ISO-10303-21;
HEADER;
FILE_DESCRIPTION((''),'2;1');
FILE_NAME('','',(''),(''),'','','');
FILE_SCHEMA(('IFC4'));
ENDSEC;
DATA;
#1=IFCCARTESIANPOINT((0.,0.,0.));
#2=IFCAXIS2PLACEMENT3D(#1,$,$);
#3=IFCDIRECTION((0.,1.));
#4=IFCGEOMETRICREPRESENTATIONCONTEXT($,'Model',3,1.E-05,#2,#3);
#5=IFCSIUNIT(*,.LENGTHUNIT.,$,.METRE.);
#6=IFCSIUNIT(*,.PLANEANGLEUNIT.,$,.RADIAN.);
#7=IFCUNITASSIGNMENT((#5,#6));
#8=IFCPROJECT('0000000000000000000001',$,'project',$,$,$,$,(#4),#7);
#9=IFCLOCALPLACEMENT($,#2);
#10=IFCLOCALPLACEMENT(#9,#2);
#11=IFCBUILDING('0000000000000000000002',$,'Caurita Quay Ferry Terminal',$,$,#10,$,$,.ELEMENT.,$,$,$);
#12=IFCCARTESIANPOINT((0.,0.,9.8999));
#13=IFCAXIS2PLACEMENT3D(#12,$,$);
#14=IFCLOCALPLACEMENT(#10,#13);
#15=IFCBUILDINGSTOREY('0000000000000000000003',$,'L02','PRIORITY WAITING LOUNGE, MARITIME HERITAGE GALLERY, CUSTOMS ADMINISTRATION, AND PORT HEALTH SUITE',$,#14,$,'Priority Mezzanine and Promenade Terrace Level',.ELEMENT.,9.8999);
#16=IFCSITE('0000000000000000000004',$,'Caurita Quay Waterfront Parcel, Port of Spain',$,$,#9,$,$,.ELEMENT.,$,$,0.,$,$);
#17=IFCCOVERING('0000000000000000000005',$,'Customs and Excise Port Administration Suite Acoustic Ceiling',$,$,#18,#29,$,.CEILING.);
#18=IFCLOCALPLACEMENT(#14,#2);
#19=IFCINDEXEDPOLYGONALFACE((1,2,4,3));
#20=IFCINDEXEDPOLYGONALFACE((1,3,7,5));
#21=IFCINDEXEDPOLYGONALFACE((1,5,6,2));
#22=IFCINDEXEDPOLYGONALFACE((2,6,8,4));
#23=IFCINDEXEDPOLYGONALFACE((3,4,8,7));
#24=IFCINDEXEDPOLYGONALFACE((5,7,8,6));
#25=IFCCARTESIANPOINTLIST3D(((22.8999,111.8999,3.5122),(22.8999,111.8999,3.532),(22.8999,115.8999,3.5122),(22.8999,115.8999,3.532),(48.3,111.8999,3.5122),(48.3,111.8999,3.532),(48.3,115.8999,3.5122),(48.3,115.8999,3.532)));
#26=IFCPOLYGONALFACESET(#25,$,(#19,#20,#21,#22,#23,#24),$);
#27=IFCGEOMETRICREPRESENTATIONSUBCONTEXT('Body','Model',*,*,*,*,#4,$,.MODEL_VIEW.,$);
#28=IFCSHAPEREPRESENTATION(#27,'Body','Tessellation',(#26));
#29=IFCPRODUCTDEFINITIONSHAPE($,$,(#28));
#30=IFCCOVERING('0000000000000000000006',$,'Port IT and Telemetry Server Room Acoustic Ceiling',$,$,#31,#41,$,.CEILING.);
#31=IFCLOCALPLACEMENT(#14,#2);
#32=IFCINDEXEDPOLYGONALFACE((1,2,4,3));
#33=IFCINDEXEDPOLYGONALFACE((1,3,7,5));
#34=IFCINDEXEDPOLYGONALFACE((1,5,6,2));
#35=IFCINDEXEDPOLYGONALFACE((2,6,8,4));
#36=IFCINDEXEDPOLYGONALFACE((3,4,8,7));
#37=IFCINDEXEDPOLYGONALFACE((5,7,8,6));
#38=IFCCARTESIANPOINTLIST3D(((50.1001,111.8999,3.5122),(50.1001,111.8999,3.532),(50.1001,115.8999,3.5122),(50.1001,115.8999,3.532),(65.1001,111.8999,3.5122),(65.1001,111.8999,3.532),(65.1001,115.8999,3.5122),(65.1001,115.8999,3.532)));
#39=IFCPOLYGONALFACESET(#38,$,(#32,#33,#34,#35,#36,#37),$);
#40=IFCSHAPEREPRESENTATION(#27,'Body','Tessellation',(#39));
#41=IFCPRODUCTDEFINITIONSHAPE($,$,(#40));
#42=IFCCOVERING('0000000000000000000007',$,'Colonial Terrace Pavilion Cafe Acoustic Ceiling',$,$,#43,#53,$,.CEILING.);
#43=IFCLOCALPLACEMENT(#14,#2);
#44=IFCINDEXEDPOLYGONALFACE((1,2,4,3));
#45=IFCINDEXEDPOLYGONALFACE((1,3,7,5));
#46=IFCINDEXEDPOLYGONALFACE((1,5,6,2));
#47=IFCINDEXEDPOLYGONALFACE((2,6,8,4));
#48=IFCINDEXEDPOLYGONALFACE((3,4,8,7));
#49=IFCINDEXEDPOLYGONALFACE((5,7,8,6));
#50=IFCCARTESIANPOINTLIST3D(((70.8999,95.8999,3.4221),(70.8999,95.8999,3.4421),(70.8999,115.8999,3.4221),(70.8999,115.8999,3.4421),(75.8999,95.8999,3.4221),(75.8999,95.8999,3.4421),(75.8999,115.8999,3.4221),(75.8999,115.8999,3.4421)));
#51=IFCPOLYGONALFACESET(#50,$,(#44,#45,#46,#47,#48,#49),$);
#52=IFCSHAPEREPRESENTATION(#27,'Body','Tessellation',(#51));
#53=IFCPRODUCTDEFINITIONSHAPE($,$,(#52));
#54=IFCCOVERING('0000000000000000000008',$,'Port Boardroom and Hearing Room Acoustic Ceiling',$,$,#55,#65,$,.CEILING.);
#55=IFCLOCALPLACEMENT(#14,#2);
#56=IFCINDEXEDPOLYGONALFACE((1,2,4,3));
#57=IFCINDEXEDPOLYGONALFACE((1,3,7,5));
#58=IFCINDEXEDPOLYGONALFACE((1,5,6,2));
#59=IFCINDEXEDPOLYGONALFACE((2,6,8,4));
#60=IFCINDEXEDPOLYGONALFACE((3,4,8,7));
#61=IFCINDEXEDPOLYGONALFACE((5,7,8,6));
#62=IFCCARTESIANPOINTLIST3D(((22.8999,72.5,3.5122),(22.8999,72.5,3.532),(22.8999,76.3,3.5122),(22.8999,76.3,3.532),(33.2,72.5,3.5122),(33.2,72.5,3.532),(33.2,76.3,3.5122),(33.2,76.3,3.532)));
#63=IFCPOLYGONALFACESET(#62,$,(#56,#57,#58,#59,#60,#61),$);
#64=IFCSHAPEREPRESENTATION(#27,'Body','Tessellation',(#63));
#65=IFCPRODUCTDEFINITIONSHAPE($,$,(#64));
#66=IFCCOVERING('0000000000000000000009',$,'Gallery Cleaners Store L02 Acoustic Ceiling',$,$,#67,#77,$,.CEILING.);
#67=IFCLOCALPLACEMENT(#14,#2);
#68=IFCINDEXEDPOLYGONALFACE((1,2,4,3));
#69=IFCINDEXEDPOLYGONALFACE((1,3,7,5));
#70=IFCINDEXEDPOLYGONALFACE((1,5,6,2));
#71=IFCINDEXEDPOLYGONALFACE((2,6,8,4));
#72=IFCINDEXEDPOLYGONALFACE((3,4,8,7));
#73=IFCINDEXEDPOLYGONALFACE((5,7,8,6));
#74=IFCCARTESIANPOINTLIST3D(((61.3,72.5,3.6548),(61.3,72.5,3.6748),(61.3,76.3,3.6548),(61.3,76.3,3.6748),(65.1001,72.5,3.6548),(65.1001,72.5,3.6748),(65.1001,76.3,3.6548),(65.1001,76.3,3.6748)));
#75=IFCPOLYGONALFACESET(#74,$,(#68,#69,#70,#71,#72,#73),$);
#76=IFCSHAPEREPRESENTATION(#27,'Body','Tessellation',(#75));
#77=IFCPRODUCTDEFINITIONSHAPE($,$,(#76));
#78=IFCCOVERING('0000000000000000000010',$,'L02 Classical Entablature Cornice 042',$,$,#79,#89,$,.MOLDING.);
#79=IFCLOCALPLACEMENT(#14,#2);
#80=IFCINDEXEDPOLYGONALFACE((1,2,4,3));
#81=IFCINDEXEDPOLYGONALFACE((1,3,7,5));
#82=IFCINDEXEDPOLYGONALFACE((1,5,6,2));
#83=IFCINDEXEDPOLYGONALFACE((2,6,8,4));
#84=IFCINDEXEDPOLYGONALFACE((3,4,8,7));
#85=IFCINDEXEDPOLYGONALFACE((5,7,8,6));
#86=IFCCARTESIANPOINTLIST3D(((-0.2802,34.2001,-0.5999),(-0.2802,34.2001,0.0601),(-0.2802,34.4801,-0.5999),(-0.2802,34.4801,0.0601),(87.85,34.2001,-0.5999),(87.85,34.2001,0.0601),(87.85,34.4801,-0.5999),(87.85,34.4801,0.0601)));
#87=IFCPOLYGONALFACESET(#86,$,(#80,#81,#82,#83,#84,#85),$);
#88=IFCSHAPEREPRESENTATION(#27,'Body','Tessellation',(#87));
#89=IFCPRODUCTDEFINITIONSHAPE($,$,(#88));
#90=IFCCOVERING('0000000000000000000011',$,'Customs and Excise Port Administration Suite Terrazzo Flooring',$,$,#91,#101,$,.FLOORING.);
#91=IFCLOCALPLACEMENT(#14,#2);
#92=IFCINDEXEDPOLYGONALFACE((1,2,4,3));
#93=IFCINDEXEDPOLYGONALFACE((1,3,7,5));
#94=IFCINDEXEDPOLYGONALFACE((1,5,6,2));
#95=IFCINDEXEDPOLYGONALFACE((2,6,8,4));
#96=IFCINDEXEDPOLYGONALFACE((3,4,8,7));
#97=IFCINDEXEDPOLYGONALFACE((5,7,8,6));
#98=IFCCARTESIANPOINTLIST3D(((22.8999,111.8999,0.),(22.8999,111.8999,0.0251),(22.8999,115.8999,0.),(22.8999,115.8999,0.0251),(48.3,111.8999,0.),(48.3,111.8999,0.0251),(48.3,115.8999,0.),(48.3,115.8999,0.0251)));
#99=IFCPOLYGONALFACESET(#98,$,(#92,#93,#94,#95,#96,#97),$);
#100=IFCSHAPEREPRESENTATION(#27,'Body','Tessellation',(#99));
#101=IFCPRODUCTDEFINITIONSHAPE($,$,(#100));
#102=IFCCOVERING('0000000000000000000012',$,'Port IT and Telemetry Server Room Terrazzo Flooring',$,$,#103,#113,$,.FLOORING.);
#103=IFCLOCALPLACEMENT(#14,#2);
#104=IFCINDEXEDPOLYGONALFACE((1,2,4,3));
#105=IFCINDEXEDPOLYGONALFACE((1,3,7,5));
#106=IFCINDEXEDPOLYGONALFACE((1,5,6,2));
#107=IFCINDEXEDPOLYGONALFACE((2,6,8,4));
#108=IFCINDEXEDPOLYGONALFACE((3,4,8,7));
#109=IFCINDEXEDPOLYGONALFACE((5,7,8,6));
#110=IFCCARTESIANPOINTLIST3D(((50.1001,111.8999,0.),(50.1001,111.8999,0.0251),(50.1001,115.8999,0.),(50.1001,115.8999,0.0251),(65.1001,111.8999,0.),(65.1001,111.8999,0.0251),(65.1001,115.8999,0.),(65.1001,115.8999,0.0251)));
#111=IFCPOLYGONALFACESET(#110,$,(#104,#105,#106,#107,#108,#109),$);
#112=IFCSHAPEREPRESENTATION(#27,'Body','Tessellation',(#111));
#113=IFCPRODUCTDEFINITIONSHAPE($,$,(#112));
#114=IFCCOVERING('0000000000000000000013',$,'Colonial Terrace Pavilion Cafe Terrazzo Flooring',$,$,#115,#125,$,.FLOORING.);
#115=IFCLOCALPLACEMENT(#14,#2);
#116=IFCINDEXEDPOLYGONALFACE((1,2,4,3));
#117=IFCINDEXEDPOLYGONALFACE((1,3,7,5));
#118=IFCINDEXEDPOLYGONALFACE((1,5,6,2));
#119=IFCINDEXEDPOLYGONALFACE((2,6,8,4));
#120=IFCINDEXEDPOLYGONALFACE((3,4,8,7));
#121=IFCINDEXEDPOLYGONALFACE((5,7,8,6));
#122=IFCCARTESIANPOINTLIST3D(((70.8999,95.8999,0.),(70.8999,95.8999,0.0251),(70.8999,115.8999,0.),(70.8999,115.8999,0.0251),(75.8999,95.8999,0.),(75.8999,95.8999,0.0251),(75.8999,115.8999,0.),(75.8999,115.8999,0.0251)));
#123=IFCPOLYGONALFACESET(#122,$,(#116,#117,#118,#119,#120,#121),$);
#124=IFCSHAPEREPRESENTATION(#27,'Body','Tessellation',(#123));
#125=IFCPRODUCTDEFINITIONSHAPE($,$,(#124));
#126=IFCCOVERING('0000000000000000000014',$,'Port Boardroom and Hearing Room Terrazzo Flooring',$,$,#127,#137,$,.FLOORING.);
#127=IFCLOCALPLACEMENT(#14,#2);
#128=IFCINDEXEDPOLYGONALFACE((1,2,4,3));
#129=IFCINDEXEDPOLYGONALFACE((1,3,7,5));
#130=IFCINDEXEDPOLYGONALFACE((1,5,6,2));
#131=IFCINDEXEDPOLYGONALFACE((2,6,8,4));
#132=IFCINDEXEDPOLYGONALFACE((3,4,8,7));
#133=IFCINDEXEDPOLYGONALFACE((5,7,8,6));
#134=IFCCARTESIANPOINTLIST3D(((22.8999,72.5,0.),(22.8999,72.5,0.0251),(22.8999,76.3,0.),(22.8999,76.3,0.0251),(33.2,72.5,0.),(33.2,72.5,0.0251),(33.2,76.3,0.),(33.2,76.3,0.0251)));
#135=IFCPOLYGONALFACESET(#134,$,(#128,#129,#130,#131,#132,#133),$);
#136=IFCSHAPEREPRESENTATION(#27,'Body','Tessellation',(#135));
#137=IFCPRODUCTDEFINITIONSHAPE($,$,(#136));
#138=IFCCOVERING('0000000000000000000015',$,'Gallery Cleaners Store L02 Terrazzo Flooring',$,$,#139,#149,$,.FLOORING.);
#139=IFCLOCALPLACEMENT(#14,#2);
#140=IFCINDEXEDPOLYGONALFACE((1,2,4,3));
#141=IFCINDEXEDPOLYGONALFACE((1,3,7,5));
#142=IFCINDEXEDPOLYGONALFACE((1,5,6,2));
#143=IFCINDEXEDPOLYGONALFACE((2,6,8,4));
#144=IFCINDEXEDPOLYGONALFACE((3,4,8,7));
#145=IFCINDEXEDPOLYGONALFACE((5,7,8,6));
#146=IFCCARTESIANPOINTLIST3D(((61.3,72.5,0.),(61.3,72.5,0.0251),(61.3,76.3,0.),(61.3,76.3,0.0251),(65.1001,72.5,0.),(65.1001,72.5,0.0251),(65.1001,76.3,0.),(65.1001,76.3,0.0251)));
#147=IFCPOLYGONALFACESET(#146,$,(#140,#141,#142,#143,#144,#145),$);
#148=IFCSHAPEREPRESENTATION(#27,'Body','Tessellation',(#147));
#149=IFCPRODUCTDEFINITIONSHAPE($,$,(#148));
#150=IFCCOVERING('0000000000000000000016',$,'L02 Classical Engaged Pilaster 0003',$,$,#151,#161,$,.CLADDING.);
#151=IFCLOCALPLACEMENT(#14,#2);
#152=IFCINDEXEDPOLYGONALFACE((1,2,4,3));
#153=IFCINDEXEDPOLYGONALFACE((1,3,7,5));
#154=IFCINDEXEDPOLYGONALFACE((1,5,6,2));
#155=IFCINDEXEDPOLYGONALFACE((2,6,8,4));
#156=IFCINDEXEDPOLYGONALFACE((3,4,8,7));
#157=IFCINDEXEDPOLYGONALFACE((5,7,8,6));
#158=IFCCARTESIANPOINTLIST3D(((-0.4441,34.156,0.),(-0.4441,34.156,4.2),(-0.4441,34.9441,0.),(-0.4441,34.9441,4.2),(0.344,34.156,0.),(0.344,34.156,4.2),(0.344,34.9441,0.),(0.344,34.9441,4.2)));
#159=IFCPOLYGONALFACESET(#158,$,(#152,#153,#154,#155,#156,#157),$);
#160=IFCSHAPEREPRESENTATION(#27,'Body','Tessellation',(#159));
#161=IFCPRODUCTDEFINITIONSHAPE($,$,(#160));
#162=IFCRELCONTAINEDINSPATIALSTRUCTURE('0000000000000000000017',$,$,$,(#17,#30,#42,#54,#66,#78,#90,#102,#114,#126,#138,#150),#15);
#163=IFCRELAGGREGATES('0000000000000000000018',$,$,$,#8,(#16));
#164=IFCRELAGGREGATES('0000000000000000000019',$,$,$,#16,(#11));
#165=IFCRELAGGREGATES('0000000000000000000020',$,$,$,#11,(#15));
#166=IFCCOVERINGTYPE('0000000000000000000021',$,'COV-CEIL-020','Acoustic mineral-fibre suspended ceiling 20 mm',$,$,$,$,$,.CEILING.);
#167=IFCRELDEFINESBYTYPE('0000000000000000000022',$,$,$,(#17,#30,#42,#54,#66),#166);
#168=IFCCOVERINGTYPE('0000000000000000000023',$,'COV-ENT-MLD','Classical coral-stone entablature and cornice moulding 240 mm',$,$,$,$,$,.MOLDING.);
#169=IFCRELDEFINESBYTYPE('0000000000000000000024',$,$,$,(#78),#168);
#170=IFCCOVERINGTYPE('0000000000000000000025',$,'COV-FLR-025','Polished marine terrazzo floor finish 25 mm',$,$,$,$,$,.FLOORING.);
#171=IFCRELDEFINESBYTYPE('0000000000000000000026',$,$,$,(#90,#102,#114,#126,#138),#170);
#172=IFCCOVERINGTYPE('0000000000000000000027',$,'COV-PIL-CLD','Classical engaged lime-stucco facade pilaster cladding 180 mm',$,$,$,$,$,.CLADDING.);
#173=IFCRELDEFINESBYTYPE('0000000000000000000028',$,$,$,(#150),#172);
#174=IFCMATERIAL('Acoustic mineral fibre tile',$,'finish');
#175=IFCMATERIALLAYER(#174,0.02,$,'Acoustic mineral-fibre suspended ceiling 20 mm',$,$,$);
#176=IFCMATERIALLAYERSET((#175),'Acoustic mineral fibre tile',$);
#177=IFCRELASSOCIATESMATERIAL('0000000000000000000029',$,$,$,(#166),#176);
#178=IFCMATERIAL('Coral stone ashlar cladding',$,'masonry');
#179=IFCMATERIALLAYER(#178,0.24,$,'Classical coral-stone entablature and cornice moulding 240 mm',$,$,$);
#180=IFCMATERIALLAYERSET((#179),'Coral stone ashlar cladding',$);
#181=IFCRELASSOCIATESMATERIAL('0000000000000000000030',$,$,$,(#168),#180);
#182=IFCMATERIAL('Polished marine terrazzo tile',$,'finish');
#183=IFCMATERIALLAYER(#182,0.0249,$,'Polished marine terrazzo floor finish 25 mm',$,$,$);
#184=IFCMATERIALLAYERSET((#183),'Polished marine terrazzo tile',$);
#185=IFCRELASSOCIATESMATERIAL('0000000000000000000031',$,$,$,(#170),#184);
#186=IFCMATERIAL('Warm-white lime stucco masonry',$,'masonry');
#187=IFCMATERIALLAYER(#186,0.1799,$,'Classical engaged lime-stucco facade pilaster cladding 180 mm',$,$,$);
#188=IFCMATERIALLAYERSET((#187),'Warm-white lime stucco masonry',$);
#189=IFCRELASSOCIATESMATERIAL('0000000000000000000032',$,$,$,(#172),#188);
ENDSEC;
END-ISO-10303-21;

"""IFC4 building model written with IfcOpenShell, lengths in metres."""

from ifc_helpers import new_model, si_unit, direction, frame, frame_2d, origin, origin_2d, place, context, subcontext, project, spatial, polyline, rectangle, outline, extrude, material, layer, layer_set, type_object, element, save


model = new_model("IFC4")

# Units and contexts
model_context = context("Model", 3, precision=1e-05, world=origin(), true_north=direction((0.0, 1.0)))
body_context = subcontext(model_context, "Body", "Model", "MODEL_VIEW")
ifc_project = project(units=[si_unit("LENGTHUNIT", "METRE"), si_unit("PLANEANGLEUNIT", "RADIAN")], contexts=[model_context])

# Site, building, storey
site_placement = place(None, origin())
site = spatial("IfcSite", under=ifc_project, at=site_placement, Name="Caurita Quay Waterfront Parcel, Port of Spain", CompositionType="ELEMENT", RefElevation=0.0)
building_placement = place(site_placement, origin())
building = spatial("IfcBuilding", under=site, at=building_placement, Name="Caurita Quay Ferry Terminal", CompositionType="ELEMENT")
storey_placement = place(building_placement, frame((0.0, 0.0, 9.8999)))
storey = spatial("IfcBuildingStorey", under=building, at=storey_placement, Name="L02", Description="PRIORITY WAITING LOUNGE, MARITIME HERITAGE GALLERY, CUSTOMS ADMINISTRATION, AND PORT HEALTH SUITE", LongName="Priority Mezzanine and Promenade Terrace Level", CompositionType="ELEMENT", Elevation=9.8999)

# Coverings
ifc_material_1 = material(Name="Acoustic mineral fibre tile", Category="finish")
ifc_layer_1 = layer(ifc_material_1, 0.02, Name="Acoustic mineral-fibre suspended ceiling 20 mm")
ifc_layer_set_1 = layer_set([ifc_layer_1], Name="Acoustic mineral fibre tile")
covering_type_1 = type_object("IfcCoveringType", Name="COV-CEIL-020", Description="Acoustic mineral-fibre suspended ceiling 20 mm", PredefinedType="CEILING", material=ifc_layer_set_1)
covering_1_placement = place(storey_placement, frame((0.0, 0.0, 3.5122)))
element("IfcCovering", 1, at=covering_1_placement, inside=storey, type_object=covering_type_1, Name="Customs and Excise Port Administration Suite Acoustic Ceiling", PredefinedType="CEILING", context=body_context, shape_type="SweptSolid", body=[
    extrude(outline(polyline([(22.8999, 111.8999), (48.3, 111.8999), (48.3, 115.8999), (22.8999, 115.8999), (22.8999, 111.8999)])), origin(), (0.0, 0.0, 1.0), 0.0198),
])
covering_2_placement = place(storey_placement, frame((0.0, 0.0, 3.5122)))
element("IfcCovering", 2, at=covering_2_placement, inside=storey, type_object=covering_type_1, Name="Port IT and Telemetry Server Room Acoustic Ceiling", PredefinedType="CEILING", context=body_context, shape_type="SweptSolid", body=[
    extrude(outline(polyline([(50.1001, 111.8999), (65.1001, 111.8999), (65.1001, 115.8999), (50.1001, 115.8999), (50.1001, 111.8999)])), origin(), (0.0, 0.0, 1.0), 0.0198),
])
covering_3_placement = place(storey_placement, frame((0.0, 0.0, 3.4221)))
element("IfcCovering", 3, at=covering_3_placement, inside=storey, type_object=covering_type_1, Name="Colonial Terrace Pavilion Cafe Acoustic Ceiling", PredefinedType="CEILING", context=body_context, shape_type="SweptSolid", body=[
    extrude(outline(polyline([(70.8999, 95.8999), (75.8999, 95.8999), (75.8999, 115.8999), (70.8999, 115.8999), (70.8999, 95.8999)])), origin(), (0.0, 0.0, 1.0), 0.02),
])
covering_4_placement = place(storey_placement, frame((0.0, 0.0, 3.5122)))
element("IfcCovering", 4, at=covering_4_placement, inside=storey, type_object=covering_type_1, Name="Port Boardroom and Hearing Room Acoustic Ceiling", PredefinedType="CEILING", context=body_context, shape_type="SweptSolid", body=[
    extrude(outline(polyline([(22.8999, 72.5), (33.2, 72.5), (33.2, 76.3), (22.8999, 76.3), (22.8999, 72.5)])), origin(), (0.0, 0.0, 1.0), 0.0198),
])
covering_5_placement = place(storey_placement, frame((0.0, 0.0, 3.6548)))
element("IfcCovering", 5, at=covering_5_placement, inside=storey, type_object=covering_type_1, Name="Gallery Cleaners Store L02 Acoustic Ceiling", PredefinedType="CEILING", context=body_context, shape_type="SweptSolid", body=[
    extrude(outline(polyline([(61.3, 72.5), (65.1001, 72.5), (65.1001, 76.3), (61.3, 76.3), (61.3, 72.5)])), origin(), (0.0, 0.0, 1.0), 0.02),
])
ifc_material_2 = material(Name="Coral stone ashlar cladding", Category="masonry")
ifc_layer_2 = layer(ifc_material_2, 0.24, Name="Classical coral-stone entablature and cornice moulding 240 mm")
ifc_layer_set_2 = layer_set([ifc_layer_2], Name="Coral stone ashlar cladding")
covering_type_2 = type_object("IfcCoveringType", Name="COV-ENT-MLD", Description="Classical coral-stone entablature and cornice moulding 240 mm", PredefinedType="MOLDING", material=ifc_layer_set_2)
covering_6_placement = place(storey_placement, frame((-0.28, 34.3401, -0.5999), z_axis=(0.0, 0.0, 1.0), x_axis=(1.0, 0.0, 0.0)))
element("IfcCovering", 6, at=covering_6_placement, inside=storey, type_object=covering_type_2, Name="L02 Classical Entablature Cornice 042", PredefinedType="MOLDING", context=body_context, shape_type="SweptSolid", body=[
    extrude(rectangle(XDim=88.1301, YDim=0.28, at=frame_2d((44.0649, 0.0))), origin(), (0.0, 0.0, 1.0), 0.6599),
])
ifc_material_3 = material(Name="Polished marine terrazzo tile", Category="finish")
ifc_layer_3 = layer(ifc_material_3, 0.0249, Name="Polished marine terrazzo floor finish 25 mm")
ifc_layer_set_3 = layer_set([ifc_layer_3], Name="Polished marine terrazzo tile")
covering_type_3 = type_object("IfcCoveringType", Name="COV-FLR-025", Description="Polished marine terrazzo floor finish 25 mm", PredefinedType="FLOORING", material=ifc_layer_set_3)
covering_7_placement = place(storey_placement, origin())
element("IfcCovering", 7, at=covering_7_placement, inside=storey, type_object=covering_type_3, Name="Customs and Excise Port Administration Suite Terrazzo Flooring", PredefinedType="FLOORING", context=body_context, shape_type="SweptSolid", body=[
    extrude(outline(polyline([(22.8999, 111.8999), (48.3, 111.8999), (48.3, 115.8999), (22.8999, 115.8999), (22.8999, 111.8999)])), origin(), (0.0, 0.0, 1.0), 0.0251),
])
covering_8_placement = place(storey_placement, origin())
element("IfcCovering", 8, at=covering_8_placement, inside=storey, type_object=covering_type_3, Name="Port IT and Telemetry Server Room Terrazzo Flooring", PredefinedType="FLOORING", context=body_context, shape_type="SweptSolid", body=[
    extrude(outline(polyline([(50.1001, 111.8999), (65.1001, 111.8999), (65.1001, 115.8999), (50.1001, 115.8999), (50.1001, 111.8999)])), origin(), (0.0, 0.0, 1.0), 0.0251),
])
covering_9_placement = place(storey_placement, origin())
element("IfcCovering", 9, at=covering_9_placement, inside=storey, type_object=covering_type_3, Name="Colonial Terrace Pavilion Cafe Terrazzo Flooring", PredefinedType="FLOORING", context=body_context, shape_type="SweptSolid", body=[
    extrude(outline(polyline([(70.8999, 95.8999), (75.8999, 95.8999), (75.8999, 115.8999), (70.8999, 115.8999), (70.8999, 95.8999)])), origin(), (0.0, 0.0, 1.0), 0.0251),
])
covering_10_placement = place(storey_placement, origin())
element("IfcCovering", 10, at=covering_10_placement, inside=storey, type_object=covering_type_3, Name="Port Boardroom and Hearing Room Terrazzo Flooring", PredefinedType="FLOORING", context=body_context, shape_type="SweptSolid", body=[
    extrude(outline(polyline([(22.8999, 72.5), (33.2, 72.5), (33.2, 76.3), (22.8999, 76.3), (22.8999, 72.5)])), origin(), (0.0, 0.0, 1.0), 0.0251),
])
covering_11_placement = place(storey_placement, origin())
element("IfcCovering", 11, at=covering_11_placement, inside=storey, type_object=covering_type_3, Name="Gallery Cleaners Store L02 Terrazzo Flooring", PredefinedType="FLOORING", context=body_context, shape_type="SweptSolid", body=[
    extrude(outline(polyline([(61.3, 72.5), (65.1001, 72.5), (65.1001, 76.3), (61.3, 76.3), (61.3, 72.5)])), origin(), (0.0, 0.0, 1.0), 0.0251),
])
ifc_material_4 = material(Name="Warm-white lime stucco masonry", Category="masonry")
ifc_layer_4 = layer(ifc_material_4, 0.1799, Name="Classical engaged lime-stucco facade pilaster cladding 180 mm")
ifc_layer_set_4 = layer_set([ifc_layer_4], Name="Warm-white lime stucco masonry")
covering_type_4 = type_object("IfcCoveringType", Name="COV-PIL-CLD", Description="Classical engaged lime-stucco facade pilaster cladding 180 mm", PredefinedType="CLADDING", material=ifc_layer_set_4)
covering_12_placement = place(storey_placement, frame((-0.05, 34.55, 0.0), z_axis=(0.0, 0.0, 1.0), x_axis=(1.0, 0.0, 0.0)))
element("IfcCovering", 12, at=covering_12_placement, inside=storey, type_object=covering_type_4, Name="L02 Classical Engaged Pilaster 0003", PredefinedType="CLADDING", context=body_context, shape_type="SweptSolid", body=[
    extrude(rectangle(XDim=0.7881, YDim=0.7881, at=origin_2d()), origin(), (0.0, 0.0, 1.0), 4.2),
])

save(model, "model.ifc")
